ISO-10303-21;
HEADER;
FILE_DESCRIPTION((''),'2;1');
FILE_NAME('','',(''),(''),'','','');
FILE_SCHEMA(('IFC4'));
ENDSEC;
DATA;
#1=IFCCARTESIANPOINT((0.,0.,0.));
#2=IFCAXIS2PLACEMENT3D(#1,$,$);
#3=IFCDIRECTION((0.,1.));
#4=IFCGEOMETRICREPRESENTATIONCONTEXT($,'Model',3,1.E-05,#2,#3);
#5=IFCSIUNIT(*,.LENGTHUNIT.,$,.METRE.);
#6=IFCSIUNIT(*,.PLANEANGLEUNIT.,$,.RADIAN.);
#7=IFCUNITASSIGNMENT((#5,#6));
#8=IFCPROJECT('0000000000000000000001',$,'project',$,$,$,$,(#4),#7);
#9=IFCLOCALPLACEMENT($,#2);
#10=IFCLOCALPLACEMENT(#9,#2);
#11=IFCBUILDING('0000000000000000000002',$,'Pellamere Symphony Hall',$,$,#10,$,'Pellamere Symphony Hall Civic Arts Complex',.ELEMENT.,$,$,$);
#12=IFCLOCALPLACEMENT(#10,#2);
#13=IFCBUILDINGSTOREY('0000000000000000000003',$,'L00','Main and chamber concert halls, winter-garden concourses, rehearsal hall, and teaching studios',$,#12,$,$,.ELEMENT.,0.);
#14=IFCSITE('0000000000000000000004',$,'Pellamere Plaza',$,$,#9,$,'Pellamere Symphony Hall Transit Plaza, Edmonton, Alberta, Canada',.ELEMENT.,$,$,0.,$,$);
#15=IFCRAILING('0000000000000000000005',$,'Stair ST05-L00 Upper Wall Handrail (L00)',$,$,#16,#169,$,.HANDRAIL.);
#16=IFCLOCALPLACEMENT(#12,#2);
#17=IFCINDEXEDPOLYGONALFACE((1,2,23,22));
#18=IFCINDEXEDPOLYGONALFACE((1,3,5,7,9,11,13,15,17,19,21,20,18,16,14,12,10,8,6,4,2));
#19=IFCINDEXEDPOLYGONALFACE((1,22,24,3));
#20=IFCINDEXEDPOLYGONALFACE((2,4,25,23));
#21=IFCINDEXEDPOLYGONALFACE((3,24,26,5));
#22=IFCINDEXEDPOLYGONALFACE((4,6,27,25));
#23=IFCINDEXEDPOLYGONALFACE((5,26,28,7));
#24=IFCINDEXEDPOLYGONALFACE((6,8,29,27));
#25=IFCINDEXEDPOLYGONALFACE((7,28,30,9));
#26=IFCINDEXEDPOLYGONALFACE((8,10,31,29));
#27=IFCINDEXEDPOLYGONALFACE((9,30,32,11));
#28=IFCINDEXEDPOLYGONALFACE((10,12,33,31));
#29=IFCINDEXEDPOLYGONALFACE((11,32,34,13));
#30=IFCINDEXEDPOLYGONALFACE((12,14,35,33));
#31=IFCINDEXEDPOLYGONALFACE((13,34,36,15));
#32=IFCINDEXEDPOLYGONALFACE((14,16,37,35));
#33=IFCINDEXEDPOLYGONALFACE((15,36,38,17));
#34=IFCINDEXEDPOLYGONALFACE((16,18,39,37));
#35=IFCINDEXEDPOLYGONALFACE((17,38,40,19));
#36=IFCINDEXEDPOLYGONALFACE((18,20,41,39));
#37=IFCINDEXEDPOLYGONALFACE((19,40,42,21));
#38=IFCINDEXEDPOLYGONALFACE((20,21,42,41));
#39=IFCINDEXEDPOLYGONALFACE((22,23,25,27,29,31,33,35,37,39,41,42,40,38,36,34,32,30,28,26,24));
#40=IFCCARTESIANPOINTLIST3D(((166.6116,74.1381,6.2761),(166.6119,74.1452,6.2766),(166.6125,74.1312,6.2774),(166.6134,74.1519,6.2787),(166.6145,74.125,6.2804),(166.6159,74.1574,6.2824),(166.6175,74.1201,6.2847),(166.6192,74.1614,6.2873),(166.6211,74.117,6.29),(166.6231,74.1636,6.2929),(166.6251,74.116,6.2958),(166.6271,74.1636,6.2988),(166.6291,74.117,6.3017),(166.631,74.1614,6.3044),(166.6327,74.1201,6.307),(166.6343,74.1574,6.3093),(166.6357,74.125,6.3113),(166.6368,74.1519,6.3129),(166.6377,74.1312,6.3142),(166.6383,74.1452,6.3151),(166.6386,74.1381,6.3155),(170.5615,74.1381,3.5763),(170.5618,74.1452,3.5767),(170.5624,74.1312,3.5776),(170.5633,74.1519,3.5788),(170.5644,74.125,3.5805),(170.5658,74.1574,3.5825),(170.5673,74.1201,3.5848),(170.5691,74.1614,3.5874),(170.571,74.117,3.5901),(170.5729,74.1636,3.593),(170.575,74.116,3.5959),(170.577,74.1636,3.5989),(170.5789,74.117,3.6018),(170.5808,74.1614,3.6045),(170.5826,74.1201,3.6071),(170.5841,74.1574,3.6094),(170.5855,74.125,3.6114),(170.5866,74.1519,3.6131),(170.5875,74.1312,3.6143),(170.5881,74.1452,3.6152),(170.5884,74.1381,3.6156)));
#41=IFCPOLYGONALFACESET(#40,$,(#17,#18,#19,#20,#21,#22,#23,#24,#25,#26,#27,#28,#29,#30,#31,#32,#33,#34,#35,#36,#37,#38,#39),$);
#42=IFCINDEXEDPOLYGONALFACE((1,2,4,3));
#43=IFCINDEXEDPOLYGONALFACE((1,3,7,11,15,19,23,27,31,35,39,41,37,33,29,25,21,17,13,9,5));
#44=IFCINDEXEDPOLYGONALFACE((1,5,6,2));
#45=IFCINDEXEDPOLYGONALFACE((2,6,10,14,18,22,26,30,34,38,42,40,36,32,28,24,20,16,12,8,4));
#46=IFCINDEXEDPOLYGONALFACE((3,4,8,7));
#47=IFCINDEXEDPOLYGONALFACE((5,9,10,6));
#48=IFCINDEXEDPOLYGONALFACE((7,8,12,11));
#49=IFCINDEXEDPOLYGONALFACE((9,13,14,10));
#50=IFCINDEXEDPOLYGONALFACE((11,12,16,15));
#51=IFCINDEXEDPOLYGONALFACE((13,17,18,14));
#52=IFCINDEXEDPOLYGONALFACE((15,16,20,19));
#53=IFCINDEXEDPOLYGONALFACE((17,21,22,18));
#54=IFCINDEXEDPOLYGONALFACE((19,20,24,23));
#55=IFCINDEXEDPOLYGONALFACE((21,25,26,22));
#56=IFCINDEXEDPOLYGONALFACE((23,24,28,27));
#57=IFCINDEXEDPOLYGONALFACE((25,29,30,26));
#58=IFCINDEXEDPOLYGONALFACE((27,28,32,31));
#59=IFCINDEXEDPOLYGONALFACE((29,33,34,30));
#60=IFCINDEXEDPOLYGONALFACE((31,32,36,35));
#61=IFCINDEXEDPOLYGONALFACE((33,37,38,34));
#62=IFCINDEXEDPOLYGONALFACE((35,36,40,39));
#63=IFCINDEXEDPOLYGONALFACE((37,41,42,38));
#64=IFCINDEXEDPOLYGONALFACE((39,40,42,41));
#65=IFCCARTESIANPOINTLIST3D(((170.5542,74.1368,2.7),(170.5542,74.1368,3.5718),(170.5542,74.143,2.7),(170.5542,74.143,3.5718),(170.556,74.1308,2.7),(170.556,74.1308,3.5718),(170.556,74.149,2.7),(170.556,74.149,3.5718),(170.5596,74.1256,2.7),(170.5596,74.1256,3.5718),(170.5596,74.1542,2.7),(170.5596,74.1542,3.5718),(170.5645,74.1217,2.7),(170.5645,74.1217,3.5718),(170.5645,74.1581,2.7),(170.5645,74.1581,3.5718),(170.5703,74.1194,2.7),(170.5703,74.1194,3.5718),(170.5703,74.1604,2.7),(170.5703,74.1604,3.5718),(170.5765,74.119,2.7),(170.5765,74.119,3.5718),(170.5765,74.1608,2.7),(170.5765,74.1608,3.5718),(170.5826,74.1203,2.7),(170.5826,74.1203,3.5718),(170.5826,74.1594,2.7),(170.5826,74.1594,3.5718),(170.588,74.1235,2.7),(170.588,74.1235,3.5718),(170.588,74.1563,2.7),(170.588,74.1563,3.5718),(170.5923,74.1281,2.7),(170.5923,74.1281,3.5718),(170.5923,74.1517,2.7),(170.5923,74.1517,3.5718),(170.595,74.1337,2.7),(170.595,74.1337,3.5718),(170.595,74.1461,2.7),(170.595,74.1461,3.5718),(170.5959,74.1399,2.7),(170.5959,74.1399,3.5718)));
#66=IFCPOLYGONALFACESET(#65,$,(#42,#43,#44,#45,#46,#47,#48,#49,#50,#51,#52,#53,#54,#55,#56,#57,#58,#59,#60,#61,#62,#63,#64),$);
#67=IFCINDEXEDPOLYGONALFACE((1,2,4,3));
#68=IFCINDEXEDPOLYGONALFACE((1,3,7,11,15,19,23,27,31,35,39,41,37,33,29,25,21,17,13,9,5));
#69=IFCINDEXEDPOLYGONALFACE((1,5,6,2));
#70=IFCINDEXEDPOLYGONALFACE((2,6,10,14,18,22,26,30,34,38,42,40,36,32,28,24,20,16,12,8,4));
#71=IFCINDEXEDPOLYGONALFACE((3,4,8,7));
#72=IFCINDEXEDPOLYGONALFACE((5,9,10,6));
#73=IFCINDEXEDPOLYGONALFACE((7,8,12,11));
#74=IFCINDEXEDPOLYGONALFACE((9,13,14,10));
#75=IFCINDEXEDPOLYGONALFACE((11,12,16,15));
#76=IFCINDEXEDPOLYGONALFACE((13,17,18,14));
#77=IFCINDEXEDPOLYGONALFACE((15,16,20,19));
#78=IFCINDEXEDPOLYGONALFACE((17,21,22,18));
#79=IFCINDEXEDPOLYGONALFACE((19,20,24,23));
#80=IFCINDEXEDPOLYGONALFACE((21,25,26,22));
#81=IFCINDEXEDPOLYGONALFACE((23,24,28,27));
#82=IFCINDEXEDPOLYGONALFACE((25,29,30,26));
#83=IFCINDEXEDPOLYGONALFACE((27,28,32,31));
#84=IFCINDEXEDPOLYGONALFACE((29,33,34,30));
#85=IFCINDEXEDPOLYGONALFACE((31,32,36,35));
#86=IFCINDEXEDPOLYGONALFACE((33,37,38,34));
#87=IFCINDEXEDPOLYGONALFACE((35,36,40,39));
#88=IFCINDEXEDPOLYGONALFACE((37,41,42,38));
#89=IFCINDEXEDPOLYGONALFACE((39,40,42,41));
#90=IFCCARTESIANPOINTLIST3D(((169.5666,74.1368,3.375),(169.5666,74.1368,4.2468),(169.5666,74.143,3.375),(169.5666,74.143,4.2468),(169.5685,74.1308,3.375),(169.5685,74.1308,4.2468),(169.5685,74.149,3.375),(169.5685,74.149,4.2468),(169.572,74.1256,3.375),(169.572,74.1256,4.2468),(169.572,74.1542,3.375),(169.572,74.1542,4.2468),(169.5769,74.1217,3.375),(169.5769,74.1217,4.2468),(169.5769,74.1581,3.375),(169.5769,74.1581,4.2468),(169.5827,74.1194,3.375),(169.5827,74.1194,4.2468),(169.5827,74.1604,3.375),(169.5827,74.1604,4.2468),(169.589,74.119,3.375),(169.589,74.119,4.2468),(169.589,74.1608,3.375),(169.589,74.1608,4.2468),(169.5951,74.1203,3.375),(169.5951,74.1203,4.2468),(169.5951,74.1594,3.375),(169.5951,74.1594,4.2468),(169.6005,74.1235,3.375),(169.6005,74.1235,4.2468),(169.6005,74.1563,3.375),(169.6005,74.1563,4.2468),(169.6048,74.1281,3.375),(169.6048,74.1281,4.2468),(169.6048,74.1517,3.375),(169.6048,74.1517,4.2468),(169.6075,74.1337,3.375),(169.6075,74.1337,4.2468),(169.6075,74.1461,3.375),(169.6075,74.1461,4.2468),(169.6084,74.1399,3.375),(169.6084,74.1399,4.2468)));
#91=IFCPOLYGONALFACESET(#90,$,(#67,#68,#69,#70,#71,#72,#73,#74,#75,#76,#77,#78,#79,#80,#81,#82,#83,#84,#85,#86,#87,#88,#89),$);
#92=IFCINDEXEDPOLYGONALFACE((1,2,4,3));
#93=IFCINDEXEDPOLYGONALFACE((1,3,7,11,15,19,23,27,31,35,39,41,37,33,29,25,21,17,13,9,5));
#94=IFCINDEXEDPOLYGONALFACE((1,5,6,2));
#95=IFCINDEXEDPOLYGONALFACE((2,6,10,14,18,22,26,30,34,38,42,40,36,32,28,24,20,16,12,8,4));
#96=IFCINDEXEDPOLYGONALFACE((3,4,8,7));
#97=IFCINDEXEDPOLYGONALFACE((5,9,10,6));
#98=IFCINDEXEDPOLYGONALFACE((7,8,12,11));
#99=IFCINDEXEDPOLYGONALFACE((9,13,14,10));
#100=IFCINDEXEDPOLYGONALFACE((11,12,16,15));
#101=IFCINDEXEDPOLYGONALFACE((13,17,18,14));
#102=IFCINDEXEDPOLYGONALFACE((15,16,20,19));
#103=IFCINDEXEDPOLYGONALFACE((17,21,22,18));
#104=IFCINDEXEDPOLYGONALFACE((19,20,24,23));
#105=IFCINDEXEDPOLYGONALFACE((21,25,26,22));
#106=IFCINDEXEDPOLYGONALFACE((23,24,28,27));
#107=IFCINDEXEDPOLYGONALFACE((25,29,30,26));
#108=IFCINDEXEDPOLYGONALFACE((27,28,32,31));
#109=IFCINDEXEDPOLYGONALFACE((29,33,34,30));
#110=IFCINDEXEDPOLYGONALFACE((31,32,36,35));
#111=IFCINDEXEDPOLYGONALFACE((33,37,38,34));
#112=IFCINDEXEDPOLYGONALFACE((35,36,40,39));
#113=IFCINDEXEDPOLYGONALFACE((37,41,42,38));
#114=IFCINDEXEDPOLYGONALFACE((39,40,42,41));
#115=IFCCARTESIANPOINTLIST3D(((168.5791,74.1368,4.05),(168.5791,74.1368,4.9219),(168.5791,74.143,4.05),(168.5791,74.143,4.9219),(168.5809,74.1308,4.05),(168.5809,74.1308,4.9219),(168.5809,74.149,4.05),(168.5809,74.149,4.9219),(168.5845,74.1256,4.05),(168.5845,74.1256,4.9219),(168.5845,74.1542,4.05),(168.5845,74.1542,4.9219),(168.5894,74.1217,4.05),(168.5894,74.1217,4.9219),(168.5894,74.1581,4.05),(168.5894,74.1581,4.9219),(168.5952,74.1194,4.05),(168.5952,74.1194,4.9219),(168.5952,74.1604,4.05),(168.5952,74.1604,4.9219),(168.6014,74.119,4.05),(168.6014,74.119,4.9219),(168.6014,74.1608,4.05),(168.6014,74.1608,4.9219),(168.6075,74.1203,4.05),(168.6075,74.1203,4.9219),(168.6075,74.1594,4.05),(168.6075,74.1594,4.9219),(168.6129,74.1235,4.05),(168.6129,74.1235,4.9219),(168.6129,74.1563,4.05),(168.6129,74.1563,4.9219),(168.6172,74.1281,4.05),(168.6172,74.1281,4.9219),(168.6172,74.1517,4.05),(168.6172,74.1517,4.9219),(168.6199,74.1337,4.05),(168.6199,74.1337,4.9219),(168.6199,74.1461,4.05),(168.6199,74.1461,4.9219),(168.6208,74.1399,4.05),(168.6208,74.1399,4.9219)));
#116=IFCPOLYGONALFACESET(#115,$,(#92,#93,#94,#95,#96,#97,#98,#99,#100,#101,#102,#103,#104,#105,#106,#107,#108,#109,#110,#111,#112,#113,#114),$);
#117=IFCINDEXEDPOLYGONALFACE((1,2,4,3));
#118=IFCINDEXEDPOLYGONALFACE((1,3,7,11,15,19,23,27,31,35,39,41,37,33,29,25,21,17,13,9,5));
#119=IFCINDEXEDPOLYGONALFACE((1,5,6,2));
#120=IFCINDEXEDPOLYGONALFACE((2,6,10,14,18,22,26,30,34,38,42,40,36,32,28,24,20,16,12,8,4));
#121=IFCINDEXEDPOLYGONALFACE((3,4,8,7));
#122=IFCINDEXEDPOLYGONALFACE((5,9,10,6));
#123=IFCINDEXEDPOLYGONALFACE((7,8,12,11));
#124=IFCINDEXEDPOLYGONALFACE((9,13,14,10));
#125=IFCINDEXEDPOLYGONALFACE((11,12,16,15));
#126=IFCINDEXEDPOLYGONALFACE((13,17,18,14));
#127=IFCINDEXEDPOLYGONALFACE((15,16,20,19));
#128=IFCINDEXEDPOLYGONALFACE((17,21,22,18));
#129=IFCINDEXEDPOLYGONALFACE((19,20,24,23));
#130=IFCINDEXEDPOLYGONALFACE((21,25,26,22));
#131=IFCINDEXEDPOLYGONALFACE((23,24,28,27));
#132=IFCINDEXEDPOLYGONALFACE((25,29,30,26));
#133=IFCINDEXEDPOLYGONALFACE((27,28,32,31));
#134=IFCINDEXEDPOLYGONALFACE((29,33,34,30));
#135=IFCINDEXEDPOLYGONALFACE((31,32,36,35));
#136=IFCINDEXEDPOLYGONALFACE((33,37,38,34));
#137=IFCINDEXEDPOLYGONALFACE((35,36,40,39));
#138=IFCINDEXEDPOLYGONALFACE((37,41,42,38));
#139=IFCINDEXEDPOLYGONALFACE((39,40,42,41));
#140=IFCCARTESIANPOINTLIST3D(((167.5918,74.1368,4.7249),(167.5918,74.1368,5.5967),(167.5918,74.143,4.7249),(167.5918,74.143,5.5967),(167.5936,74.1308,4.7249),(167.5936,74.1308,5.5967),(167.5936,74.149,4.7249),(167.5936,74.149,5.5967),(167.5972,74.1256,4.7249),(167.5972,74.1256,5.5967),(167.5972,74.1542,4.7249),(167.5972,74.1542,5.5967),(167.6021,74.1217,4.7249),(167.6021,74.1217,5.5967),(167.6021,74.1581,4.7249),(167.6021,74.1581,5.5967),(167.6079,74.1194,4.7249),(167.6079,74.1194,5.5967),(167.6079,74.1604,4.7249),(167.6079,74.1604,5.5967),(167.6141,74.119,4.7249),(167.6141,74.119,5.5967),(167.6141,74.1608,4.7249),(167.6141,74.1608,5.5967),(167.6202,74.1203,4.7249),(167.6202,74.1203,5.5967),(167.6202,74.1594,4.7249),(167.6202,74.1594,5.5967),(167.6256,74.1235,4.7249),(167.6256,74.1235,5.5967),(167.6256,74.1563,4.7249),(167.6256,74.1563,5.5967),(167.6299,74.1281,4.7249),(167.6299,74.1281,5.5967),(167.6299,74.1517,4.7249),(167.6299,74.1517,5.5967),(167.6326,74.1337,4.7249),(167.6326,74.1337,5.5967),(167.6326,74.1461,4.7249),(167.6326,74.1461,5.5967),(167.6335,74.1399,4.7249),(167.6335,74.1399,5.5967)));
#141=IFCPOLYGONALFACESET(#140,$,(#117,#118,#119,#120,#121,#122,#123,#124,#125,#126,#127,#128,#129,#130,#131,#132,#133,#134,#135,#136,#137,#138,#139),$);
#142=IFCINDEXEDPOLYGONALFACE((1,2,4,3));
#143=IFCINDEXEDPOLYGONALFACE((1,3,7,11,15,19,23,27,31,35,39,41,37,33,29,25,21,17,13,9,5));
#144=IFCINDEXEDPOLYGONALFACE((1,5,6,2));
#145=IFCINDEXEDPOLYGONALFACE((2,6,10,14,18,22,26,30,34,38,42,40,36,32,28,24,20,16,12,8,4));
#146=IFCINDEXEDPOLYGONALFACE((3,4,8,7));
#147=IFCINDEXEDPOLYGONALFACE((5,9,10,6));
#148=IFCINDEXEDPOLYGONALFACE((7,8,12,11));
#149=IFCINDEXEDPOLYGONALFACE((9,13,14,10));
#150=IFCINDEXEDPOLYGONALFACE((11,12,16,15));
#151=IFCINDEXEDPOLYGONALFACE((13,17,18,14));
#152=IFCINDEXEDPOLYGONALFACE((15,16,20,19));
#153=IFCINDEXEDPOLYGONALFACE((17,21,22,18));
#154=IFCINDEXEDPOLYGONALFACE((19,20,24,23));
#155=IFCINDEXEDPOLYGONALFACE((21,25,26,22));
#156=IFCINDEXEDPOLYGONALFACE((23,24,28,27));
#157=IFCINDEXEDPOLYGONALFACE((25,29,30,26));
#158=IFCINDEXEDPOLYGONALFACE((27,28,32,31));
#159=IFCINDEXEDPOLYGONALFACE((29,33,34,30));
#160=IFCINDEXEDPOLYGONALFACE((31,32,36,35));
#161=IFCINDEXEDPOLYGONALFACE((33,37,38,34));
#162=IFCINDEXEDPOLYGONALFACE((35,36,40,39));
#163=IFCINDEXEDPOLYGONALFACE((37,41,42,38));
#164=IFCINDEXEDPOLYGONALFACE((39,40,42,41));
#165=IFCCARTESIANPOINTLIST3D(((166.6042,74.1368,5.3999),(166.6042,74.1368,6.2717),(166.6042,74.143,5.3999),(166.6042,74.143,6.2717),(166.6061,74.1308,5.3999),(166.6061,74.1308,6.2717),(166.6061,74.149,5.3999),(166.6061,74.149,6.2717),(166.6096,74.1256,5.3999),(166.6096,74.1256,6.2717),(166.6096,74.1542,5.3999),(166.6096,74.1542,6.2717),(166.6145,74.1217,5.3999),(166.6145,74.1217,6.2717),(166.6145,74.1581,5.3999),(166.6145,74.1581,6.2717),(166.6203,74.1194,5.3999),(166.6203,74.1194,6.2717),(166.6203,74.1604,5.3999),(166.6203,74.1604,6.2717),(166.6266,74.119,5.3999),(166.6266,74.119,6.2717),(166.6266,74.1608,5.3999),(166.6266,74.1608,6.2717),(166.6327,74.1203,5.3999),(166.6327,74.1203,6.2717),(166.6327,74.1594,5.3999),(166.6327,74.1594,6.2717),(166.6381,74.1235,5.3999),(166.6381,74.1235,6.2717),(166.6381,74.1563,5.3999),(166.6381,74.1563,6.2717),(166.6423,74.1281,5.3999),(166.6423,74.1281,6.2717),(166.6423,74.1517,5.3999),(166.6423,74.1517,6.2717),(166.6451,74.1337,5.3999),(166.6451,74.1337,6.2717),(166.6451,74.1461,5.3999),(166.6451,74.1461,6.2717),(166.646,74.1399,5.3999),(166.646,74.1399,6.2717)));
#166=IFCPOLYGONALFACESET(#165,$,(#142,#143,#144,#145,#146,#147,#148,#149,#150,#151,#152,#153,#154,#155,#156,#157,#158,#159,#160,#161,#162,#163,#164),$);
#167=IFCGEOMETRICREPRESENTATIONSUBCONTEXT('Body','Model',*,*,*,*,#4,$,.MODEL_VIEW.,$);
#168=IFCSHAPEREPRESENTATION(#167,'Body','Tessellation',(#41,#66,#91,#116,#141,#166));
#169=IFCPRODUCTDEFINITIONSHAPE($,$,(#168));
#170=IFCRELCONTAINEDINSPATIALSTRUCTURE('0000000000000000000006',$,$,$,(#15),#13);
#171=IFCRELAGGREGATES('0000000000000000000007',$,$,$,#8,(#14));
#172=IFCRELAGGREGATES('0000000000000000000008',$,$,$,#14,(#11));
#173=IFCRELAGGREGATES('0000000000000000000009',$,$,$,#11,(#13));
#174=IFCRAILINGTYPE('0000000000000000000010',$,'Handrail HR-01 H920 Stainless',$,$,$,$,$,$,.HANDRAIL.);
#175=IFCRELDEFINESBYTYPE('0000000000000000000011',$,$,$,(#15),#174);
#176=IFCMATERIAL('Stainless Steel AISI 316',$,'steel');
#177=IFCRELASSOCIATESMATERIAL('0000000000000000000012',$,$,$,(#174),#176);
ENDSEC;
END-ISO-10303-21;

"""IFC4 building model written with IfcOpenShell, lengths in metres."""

from ifc_helpers import new_model, si_unit, direction, frame, origin, origin_2d, place, context, subcontext, project, spatial, circle, extrude, material, type_object, element, save


model = new_model("IFC4")

# Units and contexts
model_context = context("Model", 3, precision=1e-05, world=origin(), true_north=direction((0.0, 1.0)))
body_context = subcontext(model_context, "Body", "Model", "MODEL_VIEW")
ifc_project = project(units=[si_unit("LENGTHUNIT", "METRE"), si_unit("PLANEANGLEUNIT", "RADIAN")], contexts=[model_context])

# Site, building, storey
site_placement = place(None, origin())
site = spatial("IfcSite", under=ifc_project, at=site_placement, Name="Pellamere Plaza", LongName="Pellamere Symphony Hall Transit Plaza, Edmonton, Alberta, Canada", CompositionType="ELEMENT", RefElevation=0.0)
building_placement = place(site_placement, origin())
building = spatial("IfcBuilding", under=site, at=building_placement, Name="Pellamere Symphony Hall", LongName="Pellamere Symphony Hall Civic Arts Complex", CompositionType="ELEMENT")
storey_placement = place(building_placement, origin())
storey = spatial("IfcBuildingStorey", under=building, at=storey_placement, Name="L00", Description="Main and chamber concert halls, winter-garden concourses, rehearsal hall, and teaching studios", CompositionType="ELEMENT", Elevation=0.0)

# Railing
ifc_material_1 = material(Name="Stainless Steel AISI 316", Category="steel")
railing_type_1 = type_object("IfcRailingType", Name="Handrail HR-01 H920 Stainless", PredefinedType="HANDRAIL", material=ifc_material_1)
railing_1_placement = place(storey_placement, frame((170.575, 74.1399, 2.7)))
element("IfcRailing", 1, at=railing_1_placement, inside=storey, type_object=railing_type_1, Name="Stair ST05-L00 Upper Wall Handrail (L00)", PredefinedType="HANDRAIL", context=body_context, shape_type="SweptSolid", body=[
    extrude(circle(Radius=0.0239, at=origin_2d()), frame((0.0, 0.0, 0.896), z_axis=(-0.825565, 0.0, 0.564307), x_axis=(0.0, -1.0, 0.0)), (0.0, 0.0, 1.0), 4.7844),
    extrude(circle(Radius=0.021, at=origin_2d()), origin(), (0.0, 0.0, 1.0), 0.8718),
    extrude(circle(Radius=0.021, at=origin_2d()), frame((-0.9875, 0.0, 0.675)), (0.0, 0.0, 1.0), 0.8718),
    extrude(circle(Radius=0.021, at=origin_2d()), frame((-1.9751, 0.0, 1.3501)), (0.0, 0.0, 1.0), 0.8718),
    extrude(circle(Radius=0.021, at=origin_2d()), frame((-2.9624, 0.0, 2.0249)), (0.0, 0.0, 1.0), 0.8718),
    extrude(circle(Radius=0.021, at=origin_2d()), frame((-3.95, 0.0, 2.7)), (0.0, 0.0, 1.0), 0.8718),
])

save(model, "model.ifc")
